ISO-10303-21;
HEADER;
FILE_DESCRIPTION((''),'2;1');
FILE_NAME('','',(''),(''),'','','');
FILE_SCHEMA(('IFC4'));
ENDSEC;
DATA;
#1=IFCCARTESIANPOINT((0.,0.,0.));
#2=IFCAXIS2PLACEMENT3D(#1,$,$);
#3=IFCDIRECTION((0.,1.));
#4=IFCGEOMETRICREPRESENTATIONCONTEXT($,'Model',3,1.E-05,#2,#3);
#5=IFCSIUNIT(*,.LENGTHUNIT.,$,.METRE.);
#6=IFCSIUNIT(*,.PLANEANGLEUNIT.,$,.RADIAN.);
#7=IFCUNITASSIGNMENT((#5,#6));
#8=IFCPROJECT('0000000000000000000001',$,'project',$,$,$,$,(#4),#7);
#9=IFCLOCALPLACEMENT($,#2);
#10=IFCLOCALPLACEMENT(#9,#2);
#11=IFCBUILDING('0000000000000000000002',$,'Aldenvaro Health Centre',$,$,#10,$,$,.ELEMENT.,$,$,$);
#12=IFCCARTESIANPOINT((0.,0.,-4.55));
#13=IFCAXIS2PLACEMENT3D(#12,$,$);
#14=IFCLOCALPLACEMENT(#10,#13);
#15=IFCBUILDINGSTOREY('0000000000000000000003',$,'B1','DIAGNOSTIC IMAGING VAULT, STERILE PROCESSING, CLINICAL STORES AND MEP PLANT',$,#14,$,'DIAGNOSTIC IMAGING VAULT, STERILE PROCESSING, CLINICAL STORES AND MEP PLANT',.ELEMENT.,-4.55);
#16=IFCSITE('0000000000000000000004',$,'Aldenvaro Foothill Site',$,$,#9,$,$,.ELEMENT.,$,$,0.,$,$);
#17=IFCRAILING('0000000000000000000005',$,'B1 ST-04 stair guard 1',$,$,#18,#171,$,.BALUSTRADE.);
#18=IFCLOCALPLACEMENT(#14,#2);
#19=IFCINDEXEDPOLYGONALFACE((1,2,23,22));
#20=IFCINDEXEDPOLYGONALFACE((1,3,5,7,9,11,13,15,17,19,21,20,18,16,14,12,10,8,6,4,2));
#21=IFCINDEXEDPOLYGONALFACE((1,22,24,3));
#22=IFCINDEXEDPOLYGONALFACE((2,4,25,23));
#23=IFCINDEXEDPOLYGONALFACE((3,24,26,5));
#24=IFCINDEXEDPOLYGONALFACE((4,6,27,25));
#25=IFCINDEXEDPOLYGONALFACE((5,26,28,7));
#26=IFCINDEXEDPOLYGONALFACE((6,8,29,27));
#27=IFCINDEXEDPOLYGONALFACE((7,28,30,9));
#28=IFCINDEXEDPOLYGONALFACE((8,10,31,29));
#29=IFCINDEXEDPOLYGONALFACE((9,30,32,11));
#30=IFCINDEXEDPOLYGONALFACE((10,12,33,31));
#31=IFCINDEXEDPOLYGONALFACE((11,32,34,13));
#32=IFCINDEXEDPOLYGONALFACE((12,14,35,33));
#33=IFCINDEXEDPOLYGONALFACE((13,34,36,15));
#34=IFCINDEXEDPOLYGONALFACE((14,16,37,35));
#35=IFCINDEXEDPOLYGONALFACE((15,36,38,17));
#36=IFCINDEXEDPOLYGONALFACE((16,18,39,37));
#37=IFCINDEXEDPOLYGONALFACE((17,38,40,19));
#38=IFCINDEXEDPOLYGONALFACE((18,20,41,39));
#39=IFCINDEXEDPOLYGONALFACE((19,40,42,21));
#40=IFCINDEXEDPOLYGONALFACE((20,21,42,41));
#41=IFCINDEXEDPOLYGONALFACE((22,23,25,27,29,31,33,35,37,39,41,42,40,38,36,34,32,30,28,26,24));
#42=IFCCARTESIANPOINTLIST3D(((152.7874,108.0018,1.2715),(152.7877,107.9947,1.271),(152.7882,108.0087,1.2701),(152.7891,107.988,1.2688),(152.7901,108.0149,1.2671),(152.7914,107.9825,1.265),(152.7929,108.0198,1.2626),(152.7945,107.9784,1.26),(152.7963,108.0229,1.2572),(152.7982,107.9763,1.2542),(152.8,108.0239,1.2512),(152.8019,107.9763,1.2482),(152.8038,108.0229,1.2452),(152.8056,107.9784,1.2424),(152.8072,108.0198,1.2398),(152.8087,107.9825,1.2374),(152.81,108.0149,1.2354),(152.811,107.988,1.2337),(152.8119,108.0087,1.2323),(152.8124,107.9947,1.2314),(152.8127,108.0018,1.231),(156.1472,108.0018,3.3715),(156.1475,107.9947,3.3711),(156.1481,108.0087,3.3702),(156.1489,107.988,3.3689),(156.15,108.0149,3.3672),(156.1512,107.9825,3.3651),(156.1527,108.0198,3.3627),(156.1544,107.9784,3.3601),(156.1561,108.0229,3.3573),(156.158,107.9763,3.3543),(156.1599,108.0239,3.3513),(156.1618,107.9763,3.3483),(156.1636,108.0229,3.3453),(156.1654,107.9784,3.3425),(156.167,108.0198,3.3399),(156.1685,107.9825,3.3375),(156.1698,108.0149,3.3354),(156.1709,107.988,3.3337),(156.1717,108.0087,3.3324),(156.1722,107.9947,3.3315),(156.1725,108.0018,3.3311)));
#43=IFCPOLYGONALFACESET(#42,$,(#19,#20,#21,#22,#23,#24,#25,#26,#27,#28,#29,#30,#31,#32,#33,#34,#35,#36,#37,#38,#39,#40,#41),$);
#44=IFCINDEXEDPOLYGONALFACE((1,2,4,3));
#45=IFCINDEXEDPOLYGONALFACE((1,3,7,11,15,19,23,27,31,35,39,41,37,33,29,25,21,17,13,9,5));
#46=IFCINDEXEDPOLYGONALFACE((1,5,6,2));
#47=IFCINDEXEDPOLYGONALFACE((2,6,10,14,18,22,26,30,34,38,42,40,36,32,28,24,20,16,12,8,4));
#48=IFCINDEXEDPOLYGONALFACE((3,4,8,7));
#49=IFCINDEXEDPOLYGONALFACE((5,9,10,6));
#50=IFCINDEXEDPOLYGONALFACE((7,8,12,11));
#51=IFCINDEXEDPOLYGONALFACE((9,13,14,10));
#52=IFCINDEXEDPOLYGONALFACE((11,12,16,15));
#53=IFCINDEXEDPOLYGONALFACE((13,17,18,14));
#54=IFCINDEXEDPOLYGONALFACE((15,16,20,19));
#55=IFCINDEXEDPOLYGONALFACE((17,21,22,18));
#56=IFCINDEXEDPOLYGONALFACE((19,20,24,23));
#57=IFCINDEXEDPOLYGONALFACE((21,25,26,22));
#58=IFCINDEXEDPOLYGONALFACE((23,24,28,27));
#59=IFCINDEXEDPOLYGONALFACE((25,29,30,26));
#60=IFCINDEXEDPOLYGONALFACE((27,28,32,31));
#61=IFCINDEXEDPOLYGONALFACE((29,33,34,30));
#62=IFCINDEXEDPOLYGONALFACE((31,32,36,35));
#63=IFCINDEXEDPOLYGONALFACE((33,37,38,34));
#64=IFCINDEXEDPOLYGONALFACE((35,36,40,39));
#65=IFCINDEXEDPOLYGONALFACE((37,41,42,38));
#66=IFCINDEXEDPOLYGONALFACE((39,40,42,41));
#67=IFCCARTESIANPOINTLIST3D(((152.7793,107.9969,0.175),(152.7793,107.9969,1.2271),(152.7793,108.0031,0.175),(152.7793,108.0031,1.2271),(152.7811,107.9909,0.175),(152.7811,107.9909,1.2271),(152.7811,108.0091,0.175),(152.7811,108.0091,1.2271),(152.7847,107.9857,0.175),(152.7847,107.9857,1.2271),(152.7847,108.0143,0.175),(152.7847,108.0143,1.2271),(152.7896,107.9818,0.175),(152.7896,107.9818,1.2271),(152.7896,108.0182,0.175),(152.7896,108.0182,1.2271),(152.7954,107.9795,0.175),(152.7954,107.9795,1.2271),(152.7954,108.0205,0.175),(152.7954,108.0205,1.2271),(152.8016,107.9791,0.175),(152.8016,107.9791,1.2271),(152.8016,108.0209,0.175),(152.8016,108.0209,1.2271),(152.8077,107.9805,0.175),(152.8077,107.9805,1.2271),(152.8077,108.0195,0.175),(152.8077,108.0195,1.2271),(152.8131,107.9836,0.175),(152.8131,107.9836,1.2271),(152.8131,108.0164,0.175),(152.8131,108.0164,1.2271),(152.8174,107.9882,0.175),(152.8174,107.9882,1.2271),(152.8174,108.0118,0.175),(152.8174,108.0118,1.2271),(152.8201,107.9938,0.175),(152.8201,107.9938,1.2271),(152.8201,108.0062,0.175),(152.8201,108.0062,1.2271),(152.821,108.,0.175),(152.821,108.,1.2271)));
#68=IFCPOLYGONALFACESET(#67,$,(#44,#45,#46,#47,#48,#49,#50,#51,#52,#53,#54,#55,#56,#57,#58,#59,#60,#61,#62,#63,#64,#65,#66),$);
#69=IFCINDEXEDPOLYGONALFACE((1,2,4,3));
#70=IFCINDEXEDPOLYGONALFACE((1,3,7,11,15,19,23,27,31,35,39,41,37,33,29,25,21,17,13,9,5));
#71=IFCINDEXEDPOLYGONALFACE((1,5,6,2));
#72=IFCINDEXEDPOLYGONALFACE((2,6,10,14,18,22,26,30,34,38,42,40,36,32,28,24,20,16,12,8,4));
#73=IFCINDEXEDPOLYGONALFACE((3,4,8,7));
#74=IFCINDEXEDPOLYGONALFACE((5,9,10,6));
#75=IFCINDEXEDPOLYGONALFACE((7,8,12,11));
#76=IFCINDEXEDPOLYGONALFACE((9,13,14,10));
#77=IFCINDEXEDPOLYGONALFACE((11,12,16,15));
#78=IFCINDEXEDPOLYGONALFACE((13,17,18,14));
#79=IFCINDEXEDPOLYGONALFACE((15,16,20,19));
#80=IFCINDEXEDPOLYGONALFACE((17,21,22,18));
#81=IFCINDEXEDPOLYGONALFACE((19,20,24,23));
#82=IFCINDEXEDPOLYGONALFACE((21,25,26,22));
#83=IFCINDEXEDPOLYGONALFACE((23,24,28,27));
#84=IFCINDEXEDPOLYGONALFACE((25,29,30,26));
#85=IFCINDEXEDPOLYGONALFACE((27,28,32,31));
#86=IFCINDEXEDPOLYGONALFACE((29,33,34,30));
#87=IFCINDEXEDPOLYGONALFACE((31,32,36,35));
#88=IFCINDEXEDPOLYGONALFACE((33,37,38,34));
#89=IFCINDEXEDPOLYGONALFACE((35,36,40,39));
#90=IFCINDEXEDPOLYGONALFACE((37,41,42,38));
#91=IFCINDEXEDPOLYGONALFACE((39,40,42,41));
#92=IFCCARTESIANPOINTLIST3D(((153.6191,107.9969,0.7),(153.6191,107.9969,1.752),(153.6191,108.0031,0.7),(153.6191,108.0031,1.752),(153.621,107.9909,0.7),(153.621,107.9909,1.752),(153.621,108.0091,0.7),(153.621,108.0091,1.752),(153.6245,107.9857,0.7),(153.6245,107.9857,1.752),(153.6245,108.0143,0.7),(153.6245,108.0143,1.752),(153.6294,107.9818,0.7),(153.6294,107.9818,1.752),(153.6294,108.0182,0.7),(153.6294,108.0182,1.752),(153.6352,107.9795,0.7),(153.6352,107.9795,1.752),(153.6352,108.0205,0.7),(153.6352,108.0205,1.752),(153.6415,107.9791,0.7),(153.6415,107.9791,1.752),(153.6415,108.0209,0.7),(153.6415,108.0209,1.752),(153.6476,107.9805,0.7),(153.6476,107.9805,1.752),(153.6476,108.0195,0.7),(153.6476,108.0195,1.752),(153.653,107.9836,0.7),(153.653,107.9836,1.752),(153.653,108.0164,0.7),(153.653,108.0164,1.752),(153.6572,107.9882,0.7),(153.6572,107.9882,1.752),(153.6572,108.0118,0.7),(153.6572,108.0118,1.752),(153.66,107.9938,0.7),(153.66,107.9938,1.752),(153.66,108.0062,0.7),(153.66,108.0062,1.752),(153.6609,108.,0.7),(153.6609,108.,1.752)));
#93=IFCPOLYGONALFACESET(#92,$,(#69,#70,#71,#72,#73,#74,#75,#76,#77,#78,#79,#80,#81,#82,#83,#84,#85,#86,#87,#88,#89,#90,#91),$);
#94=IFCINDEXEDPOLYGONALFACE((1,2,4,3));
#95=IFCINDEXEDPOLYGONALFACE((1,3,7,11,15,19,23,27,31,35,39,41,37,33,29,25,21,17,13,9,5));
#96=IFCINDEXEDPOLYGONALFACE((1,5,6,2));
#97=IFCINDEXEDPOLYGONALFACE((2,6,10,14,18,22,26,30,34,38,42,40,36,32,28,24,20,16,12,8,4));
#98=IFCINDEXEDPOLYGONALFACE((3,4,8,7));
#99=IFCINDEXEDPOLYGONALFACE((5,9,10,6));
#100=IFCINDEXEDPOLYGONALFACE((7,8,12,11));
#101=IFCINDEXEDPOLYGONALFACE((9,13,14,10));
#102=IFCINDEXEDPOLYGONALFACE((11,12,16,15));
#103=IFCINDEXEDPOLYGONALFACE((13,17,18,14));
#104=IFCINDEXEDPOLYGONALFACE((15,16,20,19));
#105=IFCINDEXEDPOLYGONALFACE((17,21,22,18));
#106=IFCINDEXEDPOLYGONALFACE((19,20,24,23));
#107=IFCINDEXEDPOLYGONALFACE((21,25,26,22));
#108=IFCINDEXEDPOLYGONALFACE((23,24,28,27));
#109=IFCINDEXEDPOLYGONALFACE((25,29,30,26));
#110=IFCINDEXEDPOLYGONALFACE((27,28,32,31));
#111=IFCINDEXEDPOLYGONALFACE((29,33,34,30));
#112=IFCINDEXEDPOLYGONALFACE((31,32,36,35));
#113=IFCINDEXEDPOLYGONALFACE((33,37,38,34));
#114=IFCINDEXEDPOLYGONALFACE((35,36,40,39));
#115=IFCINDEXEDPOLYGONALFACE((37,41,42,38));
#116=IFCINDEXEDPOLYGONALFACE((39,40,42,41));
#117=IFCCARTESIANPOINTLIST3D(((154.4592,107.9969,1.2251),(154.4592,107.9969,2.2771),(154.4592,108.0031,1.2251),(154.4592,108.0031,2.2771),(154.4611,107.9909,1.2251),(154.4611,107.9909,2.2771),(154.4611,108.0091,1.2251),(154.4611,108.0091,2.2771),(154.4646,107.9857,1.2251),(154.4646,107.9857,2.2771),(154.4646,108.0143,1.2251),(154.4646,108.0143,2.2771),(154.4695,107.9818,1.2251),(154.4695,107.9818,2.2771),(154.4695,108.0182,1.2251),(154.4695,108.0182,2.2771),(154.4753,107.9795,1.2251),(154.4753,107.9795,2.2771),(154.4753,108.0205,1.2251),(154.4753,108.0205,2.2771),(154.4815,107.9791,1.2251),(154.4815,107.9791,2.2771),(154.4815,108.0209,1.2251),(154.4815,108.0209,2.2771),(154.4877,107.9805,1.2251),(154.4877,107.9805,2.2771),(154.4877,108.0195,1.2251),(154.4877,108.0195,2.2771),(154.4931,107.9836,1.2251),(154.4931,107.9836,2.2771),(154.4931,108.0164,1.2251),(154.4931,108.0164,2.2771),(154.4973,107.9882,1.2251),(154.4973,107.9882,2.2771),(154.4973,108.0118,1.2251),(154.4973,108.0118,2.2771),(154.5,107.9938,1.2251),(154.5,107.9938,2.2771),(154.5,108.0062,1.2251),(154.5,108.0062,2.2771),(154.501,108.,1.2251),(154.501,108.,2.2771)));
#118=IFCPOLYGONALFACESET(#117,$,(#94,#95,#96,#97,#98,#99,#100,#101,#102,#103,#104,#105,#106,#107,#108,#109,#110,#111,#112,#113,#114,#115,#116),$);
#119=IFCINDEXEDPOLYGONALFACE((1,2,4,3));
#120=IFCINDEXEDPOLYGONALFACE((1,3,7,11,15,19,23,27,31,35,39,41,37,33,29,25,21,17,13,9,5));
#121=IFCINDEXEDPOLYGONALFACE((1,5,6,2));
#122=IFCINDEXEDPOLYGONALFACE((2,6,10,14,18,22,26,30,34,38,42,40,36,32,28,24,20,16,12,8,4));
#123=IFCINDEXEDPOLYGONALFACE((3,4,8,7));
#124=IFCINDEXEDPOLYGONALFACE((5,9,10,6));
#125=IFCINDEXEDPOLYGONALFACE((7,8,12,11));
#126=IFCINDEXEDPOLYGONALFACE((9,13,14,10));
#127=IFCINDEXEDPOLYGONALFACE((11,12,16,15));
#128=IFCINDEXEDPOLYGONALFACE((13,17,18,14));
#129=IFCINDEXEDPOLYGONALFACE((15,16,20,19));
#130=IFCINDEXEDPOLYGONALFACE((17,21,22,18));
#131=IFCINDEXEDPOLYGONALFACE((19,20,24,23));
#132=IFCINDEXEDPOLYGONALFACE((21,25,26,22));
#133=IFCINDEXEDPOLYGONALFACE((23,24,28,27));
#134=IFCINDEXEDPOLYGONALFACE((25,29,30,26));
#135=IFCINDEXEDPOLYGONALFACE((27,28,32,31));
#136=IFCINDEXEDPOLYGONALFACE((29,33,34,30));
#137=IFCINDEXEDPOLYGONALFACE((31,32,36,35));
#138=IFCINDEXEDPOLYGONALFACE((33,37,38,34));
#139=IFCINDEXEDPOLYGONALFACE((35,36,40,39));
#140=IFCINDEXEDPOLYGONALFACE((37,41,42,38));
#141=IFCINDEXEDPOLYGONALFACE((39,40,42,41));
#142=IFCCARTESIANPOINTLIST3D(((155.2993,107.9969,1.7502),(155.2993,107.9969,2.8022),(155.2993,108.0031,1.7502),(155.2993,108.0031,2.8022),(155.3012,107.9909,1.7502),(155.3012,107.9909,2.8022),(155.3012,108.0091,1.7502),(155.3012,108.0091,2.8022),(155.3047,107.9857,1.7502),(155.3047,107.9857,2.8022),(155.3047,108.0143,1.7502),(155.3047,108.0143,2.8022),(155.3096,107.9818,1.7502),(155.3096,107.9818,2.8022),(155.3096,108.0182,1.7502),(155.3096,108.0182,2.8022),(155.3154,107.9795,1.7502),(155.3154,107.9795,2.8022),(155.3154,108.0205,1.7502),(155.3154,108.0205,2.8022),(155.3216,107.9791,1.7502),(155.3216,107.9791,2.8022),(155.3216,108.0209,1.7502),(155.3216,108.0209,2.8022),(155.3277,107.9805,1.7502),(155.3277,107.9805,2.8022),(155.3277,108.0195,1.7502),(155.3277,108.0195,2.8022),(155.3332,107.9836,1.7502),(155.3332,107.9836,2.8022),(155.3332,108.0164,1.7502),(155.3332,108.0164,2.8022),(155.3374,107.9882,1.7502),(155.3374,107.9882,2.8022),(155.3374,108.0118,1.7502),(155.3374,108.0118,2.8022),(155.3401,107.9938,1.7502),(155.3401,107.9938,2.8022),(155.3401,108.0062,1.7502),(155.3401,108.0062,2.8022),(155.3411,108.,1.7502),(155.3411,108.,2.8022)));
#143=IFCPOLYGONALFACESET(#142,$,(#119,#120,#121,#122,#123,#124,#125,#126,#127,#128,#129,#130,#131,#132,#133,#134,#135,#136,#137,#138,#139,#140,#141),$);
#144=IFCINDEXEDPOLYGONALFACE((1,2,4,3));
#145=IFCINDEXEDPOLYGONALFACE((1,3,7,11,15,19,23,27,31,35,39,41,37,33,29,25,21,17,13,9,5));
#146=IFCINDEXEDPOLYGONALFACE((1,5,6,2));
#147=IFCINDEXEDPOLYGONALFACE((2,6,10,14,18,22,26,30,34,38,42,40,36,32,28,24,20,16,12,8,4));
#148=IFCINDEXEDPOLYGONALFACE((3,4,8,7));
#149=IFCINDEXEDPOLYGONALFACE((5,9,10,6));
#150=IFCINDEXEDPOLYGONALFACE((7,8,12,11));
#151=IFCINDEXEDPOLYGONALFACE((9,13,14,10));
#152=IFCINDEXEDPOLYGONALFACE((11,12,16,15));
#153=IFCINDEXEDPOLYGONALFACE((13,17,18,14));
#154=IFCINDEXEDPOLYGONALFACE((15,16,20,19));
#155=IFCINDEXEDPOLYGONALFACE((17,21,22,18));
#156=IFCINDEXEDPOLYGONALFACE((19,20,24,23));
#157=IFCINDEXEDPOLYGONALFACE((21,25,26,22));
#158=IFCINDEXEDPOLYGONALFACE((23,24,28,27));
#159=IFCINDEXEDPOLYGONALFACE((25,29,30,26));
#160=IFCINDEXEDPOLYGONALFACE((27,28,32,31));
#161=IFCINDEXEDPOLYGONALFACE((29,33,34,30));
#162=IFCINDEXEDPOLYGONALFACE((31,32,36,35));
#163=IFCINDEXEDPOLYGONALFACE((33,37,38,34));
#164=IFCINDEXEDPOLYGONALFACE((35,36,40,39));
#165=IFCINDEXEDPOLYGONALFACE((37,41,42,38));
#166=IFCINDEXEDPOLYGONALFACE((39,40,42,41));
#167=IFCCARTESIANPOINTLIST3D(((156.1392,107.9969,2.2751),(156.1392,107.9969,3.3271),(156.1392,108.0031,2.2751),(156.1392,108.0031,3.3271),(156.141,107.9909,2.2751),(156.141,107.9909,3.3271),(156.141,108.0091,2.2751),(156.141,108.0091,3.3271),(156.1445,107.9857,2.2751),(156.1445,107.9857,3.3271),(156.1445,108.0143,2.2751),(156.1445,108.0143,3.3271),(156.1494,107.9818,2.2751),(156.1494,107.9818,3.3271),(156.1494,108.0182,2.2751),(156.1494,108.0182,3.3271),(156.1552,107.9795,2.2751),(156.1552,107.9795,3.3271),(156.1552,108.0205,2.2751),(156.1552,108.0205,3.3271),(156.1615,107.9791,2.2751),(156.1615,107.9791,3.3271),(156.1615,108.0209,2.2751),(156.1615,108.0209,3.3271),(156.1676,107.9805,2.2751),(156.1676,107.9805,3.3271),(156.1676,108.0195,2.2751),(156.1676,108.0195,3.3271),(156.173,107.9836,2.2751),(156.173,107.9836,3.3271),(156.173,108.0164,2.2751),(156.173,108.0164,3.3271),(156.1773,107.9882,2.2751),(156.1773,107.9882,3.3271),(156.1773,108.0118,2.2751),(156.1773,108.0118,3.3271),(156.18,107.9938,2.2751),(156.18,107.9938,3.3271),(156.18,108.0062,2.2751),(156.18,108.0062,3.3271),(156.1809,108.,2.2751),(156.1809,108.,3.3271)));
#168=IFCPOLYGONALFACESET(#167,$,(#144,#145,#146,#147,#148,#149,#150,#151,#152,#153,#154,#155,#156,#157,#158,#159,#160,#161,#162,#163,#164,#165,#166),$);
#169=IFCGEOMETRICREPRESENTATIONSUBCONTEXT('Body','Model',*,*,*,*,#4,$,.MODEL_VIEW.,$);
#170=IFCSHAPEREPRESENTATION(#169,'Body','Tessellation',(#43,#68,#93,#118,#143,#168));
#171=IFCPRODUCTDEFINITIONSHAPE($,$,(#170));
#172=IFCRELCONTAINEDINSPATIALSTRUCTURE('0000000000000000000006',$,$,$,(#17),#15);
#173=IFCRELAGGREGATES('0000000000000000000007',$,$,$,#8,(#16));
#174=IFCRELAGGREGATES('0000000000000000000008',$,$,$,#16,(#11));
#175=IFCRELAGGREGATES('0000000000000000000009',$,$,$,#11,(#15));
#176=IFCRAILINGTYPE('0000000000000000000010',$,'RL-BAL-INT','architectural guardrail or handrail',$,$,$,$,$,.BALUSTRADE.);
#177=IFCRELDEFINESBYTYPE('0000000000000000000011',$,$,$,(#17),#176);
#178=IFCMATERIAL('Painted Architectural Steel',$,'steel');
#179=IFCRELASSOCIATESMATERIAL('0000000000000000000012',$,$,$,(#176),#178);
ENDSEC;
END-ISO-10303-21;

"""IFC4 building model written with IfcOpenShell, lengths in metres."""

from ifc_helpers import new_model, si_unit, direction, frame, origin, origin_2d, place, context, subcontext, project, spatial, circle, extrude, material, type_object, element, save


model = new_model("IFC4")

# Units and contexts
model_context = context("Model", 3, precision=1e-05, world=origin(), true_north=direction((0.0, 1.0)))
body_context = subcontext(model_context, "Body", "Model", "MODEL_VIEW")
ifc_project = project(units=[si_unit("LENGTHUNIT", "METRE"), si_unit("PLANEANGLEUNIT", "RADIAN")], contexts=[model_context])

# Site, building, storey
site_placement = place(None, origin())
site = spatial("IfcSite", under=ifc_project, at=site_placement, Name="Aldenvaro Foothill Site", CompositionType="ELEMENT", RefElevation=0.0)
building_placement = place(site_placement, origin())
building = spatial("IfcBuilding", under=site, at=building_placement, Name="Aldenvaro Health Centre", CompositionType="ELEMENT")
storey_placement = place(building_placement, frame((0.0, 0.0, -4.55)))
storey = spatial("IfcBuildingStorey", under=building, at=storey_placement, Name="B1", Description="DIAGNOSTIC IMAGING VAULT, STERILE PROCESSING, CLINICAL STORES AND MEP PLANT", LongName="DIAGNOSTIC IMAGING VAULT, STERILE PROCESSING, CLINICAL STORES AND MEP PLANT", CompositionType="ELEMENT", Elevation=-4.55)

# Railing
ifc_material_1 = material(Name="Painted Architectural Steel", Category="steel")
railing_type_1 = type_object("IfcRailingType", Name="RL-BAL-INT", Description="architectural guardrail or handrail", PredefinedType="BALUSTRADE", material=ifc_material_1)
railing_1_placement = place(storey_placement, frame((152.8, 108.0, 0.175)))
element("IfcRailing", 1, at=railing_1_placement, inside=storey, type_object=railing_type_1, Name="B1 ST-04 stair guard 1", PredefinedType="BALUSTRADE", context=body_context, shape_type="SweptSolid", body=[
    extrude(circle(Radius=0.0239, at=origin_2d()), frame((0.0, 0.0, 1.0762), z_axis=(0.847978, 0.0, 0.530032), x_axis=(0.0, 1.0, 0.0)), (0.0, 0.0, 1.0), 3.9622),
    extrude(circle(Radius=0.021, at=origin_2d()), origin(), (0.0, 0.0, 1.0), 1.052),
    extrude(circle(Radius=0.021, at=origin_2d()), frame((0.8398, 0.0, 0.5249)), (0.0, 0.0, 1.0), 1.052),
    extrude(circle(Radius=0.021, at=origin_2d()), frame((1.6799, 0.0, 1.05)), (0.0, 0.0, 1.0), 1.052),
    extrude(circle(Radius=0.021, at=origin_2d()), frame((2.52, 0.0, 1.5752)), (0.0, 0.0, 1.0), 1.052),
    extrude(circle(Radius=0.021, at=origin_2d()), frame((3.3599, 0.0, 2.1001)), (0.0, 0.0, 1.0), 1.052),
])

save(model, "model.ifc")
